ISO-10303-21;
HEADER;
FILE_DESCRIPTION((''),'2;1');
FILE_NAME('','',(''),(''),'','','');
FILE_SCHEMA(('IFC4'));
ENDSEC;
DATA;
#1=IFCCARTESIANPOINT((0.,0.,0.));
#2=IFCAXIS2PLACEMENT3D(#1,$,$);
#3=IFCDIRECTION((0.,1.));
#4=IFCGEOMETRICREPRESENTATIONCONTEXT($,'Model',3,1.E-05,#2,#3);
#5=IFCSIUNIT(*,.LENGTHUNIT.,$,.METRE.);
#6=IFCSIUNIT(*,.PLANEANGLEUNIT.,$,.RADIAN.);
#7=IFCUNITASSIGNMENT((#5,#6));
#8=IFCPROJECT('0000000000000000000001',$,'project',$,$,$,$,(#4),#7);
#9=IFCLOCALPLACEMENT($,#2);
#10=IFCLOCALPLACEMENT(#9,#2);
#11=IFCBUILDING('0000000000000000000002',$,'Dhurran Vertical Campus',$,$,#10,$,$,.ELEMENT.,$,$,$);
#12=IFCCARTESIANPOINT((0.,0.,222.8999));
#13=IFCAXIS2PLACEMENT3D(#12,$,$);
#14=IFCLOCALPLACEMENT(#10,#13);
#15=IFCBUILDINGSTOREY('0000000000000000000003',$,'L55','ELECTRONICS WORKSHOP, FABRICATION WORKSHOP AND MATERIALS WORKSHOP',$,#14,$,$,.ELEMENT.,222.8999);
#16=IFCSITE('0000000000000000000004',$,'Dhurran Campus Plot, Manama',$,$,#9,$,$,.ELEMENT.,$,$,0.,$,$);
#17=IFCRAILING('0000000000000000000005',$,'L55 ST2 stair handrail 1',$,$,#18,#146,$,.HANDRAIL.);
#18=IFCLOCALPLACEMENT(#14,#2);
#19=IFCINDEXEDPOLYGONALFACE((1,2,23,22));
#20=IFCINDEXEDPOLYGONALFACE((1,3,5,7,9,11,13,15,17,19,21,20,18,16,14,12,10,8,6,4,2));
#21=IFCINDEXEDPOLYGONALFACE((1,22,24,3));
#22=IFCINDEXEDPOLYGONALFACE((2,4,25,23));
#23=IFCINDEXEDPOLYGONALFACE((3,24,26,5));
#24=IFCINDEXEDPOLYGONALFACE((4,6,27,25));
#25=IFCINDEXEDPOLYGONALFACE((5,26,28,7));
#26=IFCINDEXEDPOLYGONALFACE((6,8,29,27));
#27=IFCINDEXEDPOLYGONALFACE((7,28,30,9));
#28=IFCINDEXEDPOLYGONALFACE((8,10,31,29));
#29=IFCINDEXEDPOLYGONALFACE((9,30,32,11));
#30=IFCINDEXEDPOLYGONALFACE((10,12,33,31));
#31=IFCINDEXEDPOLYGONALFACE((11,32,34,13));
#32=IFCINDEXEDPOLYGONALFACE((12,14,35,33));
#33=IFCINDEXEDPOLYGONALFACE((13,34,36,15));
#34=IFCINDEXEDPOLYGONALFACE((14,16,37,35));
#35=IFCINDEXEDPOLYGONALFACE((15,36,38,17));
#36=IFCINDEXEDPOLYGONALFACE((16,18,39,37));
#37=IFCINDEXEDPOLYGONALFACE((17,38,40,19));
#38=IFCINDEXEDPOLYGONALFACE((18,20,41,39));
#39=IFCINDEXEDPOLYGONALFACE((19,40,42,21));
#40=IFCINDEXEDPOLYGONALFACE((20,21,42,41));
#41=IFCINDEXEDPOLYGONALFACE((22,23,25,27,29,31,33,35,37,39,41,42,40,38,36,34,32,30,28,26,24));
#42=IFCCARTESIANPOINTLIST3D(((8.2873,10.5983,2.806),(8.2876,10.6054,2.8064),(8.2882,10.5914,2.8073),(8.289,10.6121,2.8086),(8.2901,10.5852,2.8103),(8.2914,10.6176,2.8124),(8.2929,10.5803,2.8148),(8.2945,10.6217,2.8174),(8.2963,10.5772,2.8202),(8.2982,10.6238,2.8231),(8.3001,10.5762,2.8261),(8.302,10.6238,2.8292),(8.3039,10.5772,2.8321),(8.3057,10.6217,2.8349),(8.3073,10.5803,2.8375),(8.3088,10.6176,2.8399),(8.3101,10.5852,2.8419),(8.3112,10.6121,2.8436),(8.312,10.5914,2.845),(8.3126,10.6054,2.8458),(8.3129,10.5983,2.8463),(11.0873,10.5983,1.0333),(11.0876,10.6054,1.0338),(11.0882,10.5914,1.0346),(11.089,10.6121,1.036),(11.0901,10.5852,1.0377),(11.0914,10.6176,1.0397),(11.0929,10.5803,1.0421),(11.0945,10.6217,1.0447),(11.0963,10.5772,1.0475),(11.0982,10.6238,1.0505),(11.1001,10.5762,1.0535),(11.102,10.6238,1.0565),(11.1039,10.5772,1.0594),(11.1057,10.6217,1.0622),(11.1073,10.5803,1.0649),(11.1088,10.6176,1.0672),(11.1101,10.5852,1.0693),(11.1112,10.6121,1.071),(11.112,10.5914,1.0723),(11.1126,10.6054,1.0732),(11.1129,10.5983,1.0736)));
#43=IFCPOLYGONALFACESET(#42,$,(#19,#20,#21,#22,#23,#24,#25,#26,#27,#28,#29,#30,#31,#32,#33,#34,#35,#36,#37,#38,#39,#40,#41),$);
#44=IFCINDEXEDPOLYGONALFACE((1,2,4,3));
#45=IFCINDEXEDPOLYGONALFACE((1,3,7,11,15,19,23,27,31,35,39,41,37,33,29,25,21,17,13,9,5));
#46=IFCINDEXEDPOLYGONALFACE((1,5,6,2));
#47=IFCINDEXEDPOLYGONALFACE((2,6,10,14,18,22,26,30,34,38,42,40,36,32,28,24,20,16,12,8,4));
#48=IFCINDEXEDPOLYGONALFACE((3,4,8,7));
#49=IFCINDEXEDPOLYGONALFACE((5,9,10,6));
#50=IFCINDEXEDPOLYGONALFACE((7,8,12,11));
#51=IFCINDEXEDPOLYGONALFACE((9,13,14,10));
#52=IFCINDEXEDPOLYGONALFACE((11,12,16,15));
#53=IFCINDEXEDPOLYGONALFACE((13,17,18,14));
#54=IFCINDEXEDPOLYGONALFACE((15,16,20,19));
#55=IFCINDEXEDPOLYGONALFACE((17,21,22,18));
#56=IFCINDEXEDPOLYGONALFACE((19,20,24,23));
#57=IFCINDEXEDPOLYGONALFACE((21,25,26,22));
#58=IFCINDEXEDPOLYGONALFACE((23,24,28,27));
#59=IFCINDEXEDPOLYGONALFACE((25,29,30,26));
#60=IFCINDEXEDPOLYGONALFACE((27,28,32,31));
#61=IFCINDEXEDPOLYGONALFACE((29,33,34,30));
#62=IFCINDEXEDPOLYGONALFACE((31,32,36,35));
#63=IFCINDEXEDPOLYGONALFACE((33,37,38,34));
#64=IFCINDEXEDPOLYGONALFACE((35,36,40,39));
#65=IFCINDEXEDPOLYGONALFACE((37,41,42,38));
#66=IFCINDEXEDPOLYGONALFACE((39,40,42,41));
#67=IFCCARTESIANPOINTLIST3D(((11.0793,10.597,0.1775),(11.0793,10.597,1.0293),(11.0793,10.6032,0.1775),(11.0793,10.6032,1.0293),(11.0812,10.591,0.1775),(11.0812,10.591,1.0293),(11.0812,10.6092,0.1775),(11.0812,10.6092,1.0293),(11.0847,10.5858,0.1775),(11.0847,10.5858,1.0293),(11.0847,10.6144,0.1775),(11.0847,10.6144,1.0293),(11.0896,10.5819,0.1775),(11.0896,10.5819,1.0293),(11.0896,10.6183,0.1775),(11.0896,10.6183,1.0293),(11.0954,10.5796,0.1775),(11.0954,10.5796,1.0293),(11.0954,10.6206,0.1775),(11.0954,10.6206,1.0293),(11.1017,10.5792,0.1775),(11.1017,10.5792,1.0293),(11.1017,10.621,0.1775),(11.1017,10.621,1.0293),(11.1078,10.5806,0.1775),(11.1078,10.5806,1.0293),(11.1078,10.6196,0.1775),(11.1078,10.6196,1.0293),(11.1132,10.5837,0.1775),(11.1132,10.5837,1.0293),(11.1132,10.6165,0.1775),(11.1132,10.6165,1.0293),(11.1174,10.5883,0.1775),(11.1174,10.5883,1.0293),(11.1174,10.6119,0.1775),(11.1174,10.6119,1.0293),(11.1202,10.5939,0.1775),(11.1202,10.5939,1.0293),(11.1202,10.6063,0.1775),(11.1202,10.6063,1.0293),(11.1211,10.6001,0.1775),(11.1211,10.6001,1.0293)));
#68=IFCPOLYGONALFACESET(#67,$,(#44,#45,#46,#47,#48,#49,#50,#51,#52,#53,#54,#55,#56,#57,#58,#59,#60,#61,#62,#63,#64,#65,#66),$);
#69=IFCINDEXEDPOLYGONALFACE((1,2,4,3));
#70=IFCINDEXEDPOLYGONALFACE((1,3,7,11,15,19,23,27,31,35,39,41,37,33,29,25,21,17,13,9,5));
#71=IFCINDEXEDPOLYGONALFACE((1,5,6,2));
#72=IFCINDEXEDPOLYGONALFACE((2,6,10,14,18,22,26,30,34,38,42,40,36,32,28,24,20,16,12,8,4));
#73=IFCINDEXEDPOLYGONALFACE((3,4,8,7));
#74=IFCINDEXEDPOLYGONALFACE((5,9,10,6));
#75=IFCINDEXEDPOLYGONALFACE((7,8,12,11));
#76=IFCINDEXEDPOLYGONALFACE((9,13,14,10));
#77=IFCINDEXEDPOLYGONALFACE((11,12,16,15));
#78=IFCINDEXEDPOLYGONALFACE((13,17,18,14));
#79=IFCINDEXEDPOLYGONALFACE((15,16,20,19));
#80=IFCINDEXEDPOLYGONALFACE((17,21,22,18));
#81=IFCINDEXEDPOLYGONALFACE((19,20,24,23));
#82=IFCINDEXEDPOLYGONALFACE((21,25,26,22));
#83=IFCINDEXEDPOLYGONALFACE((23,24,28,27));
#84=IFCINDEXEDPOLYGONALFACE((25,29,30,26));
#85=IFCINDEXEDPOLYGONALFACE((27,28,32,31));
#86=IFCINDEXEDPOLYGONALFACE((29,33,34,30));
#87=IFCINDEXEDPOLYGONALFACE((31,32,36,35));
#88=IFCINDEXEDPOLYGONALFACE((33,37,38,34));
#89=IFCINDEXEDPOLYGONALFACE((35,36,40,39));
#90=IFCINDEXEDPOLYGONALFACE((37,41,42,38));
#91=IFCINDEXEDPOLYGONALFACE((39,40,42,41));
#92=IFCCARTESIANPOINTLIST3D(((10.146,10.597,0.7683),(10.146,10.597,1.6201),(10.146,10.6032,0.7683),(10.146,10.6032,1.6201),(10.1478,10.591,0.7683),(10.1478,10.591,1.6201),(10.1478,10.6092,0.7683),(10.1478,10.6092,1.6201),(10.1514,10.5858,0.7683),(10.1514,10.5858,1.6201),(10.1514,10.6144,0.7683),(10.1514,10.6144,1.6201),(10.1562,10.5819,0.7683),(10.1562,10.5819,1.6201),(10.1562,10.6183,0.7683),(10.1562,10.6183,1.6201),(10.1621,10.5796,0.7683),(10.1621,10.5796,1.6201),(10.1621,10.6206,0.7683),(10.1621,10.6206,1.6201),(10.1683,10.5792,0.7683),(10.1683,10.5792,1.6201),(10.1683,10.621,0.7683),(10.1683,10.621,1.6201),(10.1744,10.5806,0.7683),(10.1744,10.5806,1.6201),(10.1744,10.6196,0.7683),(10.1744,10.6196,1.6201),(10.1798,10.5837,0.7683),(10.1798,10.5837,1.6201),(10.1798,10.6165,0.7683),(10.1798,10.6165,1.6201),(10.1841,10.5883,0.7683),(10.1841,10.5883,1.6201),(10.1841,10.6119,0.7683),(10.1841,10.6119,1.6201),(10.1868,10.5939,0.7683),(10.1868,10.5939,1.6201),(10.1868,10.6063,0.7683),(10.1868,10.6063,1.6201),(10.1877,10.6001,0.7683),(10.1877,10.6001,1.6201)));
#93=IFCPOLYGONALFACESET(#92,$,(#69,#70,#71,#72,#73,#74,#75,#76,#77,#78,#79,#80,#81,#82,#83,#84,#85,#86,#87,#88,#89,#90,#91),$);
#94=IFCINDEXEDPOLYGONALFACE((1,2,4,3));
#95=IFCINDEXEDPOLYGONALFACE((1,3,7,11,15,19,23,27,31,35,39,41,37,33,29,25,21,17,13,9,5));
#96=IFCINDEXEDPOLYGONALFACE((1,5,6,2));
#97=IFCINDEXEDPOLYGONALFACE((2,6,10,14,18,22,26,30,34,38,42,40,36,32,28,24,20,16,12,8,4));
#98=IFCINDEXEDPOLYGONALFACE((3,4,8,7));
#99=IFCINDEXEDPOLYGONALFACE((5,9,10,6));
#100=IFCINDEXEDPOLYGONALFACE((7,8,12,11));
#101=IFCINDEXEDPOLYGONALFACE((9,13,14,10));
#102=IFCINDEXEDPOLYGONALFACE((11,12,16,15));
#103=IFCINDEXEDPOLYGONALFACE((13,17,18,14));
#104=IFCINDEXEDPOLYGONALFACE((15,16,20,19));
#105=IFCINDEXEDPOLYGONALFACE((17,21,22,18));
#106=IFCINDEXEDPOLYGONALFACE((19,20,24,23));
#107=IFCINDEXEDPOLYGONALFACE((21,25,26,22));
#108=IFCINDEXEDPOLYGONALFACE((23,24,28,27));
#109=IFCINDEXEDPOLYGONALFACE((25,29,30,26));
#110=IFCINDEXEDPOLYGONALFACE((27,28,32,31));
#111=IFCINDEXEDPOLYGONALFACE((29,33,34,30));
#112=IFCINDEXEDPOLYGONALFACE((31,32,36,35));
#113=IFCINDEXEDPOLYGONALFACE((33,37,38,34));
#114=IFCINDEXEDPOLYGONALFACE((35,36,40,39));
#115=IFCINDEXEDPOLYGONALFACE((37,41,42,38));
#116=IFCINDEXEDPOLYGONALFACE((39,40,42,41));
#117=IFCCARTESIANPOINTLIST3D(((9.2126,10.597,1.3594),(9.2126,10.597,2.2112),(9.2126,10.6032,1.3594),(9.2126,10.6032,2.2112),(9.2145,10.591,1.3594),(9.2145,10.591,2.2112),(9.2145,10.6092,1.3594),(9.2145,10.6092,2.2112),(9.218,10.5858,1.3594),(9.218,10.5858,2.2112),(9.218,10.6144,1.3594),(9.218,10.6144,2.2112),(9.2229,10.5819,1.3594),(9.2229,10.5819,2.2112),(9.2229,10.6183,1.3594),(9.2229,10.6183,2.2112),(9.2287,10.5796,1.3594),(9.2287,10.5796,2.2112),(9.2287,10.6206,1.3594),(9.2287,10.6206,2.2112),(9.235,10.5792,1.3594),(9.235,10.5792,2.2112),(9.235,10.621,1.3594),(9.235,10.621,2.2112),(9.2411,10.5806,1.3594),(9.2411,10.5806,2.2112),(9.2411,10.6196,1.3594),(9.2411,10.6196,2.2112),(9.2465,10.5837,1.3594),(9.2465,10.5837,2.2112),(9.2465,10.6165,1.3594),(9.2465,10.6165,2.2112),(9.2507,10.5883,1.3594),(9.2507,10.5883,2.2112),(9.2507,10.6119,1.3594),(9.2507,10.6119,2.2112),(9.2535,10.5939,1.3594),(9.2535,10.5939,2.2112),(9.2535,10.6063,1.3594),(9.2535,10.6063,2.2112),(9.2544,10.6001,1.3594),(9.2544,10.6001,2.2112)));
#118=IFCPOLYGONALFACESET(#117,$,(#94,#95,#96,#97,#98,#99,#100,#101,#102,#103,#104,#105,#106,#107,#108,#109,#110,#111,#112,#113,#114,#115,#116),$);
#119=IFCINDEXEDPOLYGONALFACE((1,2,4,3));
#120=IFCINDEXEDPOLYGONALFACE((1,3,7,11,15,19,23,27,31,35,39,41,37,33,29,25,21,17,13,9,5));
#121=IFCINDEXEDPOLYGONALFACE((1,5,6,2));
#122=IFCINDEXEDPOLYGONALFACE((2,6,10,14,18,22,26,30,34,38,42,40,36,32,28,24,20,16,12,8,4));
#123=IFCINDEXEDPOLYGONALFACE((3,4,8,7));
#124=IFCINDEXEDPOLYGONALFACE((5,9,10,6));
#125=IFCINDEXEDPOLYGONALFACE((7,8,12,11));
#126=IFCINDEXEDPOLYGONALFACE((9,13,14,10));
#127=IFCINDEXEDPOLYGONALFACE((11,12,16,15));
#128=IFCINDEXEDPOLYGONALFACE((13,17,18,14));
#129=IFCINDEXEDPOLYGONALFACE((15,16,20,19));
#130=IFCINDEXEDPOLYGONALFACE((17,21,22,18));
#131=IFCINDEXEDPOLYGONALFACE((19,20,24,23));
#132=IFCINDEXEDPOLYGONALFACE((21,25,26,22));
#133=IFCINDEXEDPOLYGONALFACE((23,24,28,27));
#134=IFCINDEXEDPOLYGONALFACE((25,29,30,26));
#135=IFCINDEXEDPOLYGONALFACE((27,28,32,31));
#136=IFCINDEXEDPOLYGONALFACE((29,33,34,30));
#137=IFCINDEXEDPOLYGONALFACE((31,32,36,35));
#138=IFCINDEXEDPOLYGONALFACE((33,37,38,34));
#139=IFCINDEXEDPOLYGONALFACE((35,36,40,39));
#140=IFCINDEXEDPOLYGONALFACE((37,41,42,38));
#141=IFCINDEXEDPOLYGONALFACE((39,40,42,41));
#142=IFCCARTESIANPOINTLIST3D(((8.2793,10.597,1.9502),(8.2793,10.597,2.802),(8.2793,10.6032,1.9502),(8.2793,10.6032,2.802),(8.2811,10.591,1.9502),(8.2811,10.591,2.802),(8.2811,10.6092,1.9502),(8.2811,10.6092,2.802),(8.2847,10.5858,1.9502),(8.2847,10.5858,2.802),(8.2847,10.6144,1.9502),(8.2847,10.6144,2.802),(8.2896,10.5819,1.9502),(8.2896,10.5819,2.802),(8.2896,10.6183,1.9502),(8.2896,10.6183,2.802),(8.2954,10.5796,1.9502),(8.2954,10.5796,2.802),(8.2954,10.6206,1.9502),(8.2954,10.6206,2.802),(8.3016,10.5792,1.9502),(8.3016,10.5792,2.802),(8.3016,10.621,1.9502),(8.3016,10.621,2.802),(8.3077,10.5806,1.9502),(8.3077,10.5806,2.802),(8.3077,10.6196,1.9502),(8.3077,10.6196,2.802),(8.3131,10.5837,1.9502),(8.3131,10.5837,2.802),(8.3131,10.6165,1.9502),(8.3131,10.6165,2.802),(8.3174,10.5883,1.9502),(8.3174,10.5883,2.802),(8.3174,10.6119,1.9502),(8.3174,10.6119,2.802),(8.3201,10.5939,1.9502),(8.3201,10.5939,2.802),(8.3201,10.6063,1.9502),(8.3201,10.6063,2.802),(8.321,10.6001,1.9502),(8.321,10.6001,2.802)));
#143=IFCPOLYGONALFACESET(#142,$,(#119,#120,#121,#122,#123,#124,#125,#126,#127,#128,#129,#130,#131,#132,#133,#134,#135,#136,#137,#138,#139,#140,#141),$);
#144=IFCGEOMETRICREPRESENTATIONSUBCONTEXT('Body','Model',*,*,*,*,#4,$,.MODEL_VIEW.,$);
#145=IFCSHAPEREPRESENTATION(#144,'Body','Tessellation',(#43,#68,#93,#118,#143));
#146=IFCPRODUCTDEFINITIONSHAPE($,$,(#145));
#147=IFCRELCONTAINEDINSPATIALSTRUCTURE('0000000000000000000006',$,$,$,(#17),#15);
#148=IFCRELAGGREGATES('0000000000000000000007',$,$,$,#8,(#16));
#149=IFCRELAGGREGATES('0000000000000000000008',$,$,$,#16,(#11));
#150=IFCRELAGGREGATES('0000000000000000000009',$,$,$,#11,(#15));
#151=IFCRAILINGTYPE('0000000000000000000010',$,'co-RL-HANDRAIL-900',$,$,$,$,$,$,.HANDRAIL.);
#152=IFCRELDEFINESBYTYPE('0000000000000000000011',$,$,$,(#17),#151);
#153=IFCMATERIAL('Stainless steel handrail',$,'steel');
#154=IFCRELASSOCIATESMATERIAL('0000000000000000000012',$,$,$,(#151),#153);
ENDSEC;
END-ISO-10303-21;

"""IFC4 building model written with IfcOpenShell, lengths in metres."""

from ifc_helpers import new_model, si_unit, direction, frame, origin, origin_2d, place, context, subcontext, project, spatial, circle, extrude, material, type_object, element, save


model = new_model("IFC4")

# Units and contexts
model_context = context("Model", 3, precision=1e-05, world=origin(), true_north=direction((0.0, 1.0)))
body_context = subcontext(model_context, "Body", "Model", "MODEL_VIEW")
ifc_project = project(units=[si_unit("LENGTHUNIT", "METRE"), si_unit("PLANEANGLEUNIT", "RADIAN")], contexts=[model_context])

# Site, building, storey
site_placement = place(None, origin())
site = spatial("IfcSite", under=ifc_project, at=site_placement, Name="Dhurran Campus Plot, Manama", CompositionType="ELEMENT", RefElevation=0.0)
building_placement = place(site_placement, origin())
building = spatial("IfcBuilding", under=site, at=building_placement, Name="Dhurran Vertical Campus", CompositionType="ELEMENT")
storey_placement = place(building_placement, frame((0.0, 0.0, 222.8999)))
storey = spatial("IfcBuildingStorey", under=building, at=storey_placement, Name="L55", Description="ELECTRONICS WORKSHOP, FABRICATION WORKSHOP AND MATERIALS WORKSHOP", CompositionType="ELEMENT", Elevation=222.8999)

# Railing
ifc_material_1 = material(Name="Stainless steel handrail", Category="steel")
railing_type_1 = type_object("IfcRailingType", Name="co-RL-HANDRAIL-900", PredefinedType="HANDRAIL", material=ifc_material_1)
railing_1_placement = place(storey_placement, frame((11.1001, 10.6001, 0.1775)))
element("IfcRailing", 1, at=railing_1_placement, inside=storey, type_object=railing_type_1, Name="L55 ST2 stair handrail 1", PredefinedType="HANDRAIL", context=body_context, shape_type="SweptSolid", body=[
    extrude(circle(Radius=0.0239, at=origin_2d()), frame((0.0, 0.0, 0.876), z_axis=(-0.844909, 0.0, 0.53491), x_axis=(0.0, -1.0, 0.0)), (0.0, 0.0, 1.0), 3.314),
    extrude(circle(Radius=0.021, at=origin_2d()), origin(), (0.0, 0.0, 1.0), 0.8518),
    extrude(circle(Radius=0.021, at=origin_2d()), frame((-0.9333, 0.0, 0.5908)), (0.0, 0.0, 1.0), 0.8518),
    extrude(circle(Radius=0.021, at=origin_2d()), frame((-1.8667, 0.0, 1.1819)), (0.0, 0.0, 1.0), 0.8518),
    extrude(circle(Radius=0.021, at=origin_2d()), frame((-2.8, 0.0, 1.7727)), (0.0, 0.0, 1.0), 0.8518),
])

save(model, "model.ifc")
